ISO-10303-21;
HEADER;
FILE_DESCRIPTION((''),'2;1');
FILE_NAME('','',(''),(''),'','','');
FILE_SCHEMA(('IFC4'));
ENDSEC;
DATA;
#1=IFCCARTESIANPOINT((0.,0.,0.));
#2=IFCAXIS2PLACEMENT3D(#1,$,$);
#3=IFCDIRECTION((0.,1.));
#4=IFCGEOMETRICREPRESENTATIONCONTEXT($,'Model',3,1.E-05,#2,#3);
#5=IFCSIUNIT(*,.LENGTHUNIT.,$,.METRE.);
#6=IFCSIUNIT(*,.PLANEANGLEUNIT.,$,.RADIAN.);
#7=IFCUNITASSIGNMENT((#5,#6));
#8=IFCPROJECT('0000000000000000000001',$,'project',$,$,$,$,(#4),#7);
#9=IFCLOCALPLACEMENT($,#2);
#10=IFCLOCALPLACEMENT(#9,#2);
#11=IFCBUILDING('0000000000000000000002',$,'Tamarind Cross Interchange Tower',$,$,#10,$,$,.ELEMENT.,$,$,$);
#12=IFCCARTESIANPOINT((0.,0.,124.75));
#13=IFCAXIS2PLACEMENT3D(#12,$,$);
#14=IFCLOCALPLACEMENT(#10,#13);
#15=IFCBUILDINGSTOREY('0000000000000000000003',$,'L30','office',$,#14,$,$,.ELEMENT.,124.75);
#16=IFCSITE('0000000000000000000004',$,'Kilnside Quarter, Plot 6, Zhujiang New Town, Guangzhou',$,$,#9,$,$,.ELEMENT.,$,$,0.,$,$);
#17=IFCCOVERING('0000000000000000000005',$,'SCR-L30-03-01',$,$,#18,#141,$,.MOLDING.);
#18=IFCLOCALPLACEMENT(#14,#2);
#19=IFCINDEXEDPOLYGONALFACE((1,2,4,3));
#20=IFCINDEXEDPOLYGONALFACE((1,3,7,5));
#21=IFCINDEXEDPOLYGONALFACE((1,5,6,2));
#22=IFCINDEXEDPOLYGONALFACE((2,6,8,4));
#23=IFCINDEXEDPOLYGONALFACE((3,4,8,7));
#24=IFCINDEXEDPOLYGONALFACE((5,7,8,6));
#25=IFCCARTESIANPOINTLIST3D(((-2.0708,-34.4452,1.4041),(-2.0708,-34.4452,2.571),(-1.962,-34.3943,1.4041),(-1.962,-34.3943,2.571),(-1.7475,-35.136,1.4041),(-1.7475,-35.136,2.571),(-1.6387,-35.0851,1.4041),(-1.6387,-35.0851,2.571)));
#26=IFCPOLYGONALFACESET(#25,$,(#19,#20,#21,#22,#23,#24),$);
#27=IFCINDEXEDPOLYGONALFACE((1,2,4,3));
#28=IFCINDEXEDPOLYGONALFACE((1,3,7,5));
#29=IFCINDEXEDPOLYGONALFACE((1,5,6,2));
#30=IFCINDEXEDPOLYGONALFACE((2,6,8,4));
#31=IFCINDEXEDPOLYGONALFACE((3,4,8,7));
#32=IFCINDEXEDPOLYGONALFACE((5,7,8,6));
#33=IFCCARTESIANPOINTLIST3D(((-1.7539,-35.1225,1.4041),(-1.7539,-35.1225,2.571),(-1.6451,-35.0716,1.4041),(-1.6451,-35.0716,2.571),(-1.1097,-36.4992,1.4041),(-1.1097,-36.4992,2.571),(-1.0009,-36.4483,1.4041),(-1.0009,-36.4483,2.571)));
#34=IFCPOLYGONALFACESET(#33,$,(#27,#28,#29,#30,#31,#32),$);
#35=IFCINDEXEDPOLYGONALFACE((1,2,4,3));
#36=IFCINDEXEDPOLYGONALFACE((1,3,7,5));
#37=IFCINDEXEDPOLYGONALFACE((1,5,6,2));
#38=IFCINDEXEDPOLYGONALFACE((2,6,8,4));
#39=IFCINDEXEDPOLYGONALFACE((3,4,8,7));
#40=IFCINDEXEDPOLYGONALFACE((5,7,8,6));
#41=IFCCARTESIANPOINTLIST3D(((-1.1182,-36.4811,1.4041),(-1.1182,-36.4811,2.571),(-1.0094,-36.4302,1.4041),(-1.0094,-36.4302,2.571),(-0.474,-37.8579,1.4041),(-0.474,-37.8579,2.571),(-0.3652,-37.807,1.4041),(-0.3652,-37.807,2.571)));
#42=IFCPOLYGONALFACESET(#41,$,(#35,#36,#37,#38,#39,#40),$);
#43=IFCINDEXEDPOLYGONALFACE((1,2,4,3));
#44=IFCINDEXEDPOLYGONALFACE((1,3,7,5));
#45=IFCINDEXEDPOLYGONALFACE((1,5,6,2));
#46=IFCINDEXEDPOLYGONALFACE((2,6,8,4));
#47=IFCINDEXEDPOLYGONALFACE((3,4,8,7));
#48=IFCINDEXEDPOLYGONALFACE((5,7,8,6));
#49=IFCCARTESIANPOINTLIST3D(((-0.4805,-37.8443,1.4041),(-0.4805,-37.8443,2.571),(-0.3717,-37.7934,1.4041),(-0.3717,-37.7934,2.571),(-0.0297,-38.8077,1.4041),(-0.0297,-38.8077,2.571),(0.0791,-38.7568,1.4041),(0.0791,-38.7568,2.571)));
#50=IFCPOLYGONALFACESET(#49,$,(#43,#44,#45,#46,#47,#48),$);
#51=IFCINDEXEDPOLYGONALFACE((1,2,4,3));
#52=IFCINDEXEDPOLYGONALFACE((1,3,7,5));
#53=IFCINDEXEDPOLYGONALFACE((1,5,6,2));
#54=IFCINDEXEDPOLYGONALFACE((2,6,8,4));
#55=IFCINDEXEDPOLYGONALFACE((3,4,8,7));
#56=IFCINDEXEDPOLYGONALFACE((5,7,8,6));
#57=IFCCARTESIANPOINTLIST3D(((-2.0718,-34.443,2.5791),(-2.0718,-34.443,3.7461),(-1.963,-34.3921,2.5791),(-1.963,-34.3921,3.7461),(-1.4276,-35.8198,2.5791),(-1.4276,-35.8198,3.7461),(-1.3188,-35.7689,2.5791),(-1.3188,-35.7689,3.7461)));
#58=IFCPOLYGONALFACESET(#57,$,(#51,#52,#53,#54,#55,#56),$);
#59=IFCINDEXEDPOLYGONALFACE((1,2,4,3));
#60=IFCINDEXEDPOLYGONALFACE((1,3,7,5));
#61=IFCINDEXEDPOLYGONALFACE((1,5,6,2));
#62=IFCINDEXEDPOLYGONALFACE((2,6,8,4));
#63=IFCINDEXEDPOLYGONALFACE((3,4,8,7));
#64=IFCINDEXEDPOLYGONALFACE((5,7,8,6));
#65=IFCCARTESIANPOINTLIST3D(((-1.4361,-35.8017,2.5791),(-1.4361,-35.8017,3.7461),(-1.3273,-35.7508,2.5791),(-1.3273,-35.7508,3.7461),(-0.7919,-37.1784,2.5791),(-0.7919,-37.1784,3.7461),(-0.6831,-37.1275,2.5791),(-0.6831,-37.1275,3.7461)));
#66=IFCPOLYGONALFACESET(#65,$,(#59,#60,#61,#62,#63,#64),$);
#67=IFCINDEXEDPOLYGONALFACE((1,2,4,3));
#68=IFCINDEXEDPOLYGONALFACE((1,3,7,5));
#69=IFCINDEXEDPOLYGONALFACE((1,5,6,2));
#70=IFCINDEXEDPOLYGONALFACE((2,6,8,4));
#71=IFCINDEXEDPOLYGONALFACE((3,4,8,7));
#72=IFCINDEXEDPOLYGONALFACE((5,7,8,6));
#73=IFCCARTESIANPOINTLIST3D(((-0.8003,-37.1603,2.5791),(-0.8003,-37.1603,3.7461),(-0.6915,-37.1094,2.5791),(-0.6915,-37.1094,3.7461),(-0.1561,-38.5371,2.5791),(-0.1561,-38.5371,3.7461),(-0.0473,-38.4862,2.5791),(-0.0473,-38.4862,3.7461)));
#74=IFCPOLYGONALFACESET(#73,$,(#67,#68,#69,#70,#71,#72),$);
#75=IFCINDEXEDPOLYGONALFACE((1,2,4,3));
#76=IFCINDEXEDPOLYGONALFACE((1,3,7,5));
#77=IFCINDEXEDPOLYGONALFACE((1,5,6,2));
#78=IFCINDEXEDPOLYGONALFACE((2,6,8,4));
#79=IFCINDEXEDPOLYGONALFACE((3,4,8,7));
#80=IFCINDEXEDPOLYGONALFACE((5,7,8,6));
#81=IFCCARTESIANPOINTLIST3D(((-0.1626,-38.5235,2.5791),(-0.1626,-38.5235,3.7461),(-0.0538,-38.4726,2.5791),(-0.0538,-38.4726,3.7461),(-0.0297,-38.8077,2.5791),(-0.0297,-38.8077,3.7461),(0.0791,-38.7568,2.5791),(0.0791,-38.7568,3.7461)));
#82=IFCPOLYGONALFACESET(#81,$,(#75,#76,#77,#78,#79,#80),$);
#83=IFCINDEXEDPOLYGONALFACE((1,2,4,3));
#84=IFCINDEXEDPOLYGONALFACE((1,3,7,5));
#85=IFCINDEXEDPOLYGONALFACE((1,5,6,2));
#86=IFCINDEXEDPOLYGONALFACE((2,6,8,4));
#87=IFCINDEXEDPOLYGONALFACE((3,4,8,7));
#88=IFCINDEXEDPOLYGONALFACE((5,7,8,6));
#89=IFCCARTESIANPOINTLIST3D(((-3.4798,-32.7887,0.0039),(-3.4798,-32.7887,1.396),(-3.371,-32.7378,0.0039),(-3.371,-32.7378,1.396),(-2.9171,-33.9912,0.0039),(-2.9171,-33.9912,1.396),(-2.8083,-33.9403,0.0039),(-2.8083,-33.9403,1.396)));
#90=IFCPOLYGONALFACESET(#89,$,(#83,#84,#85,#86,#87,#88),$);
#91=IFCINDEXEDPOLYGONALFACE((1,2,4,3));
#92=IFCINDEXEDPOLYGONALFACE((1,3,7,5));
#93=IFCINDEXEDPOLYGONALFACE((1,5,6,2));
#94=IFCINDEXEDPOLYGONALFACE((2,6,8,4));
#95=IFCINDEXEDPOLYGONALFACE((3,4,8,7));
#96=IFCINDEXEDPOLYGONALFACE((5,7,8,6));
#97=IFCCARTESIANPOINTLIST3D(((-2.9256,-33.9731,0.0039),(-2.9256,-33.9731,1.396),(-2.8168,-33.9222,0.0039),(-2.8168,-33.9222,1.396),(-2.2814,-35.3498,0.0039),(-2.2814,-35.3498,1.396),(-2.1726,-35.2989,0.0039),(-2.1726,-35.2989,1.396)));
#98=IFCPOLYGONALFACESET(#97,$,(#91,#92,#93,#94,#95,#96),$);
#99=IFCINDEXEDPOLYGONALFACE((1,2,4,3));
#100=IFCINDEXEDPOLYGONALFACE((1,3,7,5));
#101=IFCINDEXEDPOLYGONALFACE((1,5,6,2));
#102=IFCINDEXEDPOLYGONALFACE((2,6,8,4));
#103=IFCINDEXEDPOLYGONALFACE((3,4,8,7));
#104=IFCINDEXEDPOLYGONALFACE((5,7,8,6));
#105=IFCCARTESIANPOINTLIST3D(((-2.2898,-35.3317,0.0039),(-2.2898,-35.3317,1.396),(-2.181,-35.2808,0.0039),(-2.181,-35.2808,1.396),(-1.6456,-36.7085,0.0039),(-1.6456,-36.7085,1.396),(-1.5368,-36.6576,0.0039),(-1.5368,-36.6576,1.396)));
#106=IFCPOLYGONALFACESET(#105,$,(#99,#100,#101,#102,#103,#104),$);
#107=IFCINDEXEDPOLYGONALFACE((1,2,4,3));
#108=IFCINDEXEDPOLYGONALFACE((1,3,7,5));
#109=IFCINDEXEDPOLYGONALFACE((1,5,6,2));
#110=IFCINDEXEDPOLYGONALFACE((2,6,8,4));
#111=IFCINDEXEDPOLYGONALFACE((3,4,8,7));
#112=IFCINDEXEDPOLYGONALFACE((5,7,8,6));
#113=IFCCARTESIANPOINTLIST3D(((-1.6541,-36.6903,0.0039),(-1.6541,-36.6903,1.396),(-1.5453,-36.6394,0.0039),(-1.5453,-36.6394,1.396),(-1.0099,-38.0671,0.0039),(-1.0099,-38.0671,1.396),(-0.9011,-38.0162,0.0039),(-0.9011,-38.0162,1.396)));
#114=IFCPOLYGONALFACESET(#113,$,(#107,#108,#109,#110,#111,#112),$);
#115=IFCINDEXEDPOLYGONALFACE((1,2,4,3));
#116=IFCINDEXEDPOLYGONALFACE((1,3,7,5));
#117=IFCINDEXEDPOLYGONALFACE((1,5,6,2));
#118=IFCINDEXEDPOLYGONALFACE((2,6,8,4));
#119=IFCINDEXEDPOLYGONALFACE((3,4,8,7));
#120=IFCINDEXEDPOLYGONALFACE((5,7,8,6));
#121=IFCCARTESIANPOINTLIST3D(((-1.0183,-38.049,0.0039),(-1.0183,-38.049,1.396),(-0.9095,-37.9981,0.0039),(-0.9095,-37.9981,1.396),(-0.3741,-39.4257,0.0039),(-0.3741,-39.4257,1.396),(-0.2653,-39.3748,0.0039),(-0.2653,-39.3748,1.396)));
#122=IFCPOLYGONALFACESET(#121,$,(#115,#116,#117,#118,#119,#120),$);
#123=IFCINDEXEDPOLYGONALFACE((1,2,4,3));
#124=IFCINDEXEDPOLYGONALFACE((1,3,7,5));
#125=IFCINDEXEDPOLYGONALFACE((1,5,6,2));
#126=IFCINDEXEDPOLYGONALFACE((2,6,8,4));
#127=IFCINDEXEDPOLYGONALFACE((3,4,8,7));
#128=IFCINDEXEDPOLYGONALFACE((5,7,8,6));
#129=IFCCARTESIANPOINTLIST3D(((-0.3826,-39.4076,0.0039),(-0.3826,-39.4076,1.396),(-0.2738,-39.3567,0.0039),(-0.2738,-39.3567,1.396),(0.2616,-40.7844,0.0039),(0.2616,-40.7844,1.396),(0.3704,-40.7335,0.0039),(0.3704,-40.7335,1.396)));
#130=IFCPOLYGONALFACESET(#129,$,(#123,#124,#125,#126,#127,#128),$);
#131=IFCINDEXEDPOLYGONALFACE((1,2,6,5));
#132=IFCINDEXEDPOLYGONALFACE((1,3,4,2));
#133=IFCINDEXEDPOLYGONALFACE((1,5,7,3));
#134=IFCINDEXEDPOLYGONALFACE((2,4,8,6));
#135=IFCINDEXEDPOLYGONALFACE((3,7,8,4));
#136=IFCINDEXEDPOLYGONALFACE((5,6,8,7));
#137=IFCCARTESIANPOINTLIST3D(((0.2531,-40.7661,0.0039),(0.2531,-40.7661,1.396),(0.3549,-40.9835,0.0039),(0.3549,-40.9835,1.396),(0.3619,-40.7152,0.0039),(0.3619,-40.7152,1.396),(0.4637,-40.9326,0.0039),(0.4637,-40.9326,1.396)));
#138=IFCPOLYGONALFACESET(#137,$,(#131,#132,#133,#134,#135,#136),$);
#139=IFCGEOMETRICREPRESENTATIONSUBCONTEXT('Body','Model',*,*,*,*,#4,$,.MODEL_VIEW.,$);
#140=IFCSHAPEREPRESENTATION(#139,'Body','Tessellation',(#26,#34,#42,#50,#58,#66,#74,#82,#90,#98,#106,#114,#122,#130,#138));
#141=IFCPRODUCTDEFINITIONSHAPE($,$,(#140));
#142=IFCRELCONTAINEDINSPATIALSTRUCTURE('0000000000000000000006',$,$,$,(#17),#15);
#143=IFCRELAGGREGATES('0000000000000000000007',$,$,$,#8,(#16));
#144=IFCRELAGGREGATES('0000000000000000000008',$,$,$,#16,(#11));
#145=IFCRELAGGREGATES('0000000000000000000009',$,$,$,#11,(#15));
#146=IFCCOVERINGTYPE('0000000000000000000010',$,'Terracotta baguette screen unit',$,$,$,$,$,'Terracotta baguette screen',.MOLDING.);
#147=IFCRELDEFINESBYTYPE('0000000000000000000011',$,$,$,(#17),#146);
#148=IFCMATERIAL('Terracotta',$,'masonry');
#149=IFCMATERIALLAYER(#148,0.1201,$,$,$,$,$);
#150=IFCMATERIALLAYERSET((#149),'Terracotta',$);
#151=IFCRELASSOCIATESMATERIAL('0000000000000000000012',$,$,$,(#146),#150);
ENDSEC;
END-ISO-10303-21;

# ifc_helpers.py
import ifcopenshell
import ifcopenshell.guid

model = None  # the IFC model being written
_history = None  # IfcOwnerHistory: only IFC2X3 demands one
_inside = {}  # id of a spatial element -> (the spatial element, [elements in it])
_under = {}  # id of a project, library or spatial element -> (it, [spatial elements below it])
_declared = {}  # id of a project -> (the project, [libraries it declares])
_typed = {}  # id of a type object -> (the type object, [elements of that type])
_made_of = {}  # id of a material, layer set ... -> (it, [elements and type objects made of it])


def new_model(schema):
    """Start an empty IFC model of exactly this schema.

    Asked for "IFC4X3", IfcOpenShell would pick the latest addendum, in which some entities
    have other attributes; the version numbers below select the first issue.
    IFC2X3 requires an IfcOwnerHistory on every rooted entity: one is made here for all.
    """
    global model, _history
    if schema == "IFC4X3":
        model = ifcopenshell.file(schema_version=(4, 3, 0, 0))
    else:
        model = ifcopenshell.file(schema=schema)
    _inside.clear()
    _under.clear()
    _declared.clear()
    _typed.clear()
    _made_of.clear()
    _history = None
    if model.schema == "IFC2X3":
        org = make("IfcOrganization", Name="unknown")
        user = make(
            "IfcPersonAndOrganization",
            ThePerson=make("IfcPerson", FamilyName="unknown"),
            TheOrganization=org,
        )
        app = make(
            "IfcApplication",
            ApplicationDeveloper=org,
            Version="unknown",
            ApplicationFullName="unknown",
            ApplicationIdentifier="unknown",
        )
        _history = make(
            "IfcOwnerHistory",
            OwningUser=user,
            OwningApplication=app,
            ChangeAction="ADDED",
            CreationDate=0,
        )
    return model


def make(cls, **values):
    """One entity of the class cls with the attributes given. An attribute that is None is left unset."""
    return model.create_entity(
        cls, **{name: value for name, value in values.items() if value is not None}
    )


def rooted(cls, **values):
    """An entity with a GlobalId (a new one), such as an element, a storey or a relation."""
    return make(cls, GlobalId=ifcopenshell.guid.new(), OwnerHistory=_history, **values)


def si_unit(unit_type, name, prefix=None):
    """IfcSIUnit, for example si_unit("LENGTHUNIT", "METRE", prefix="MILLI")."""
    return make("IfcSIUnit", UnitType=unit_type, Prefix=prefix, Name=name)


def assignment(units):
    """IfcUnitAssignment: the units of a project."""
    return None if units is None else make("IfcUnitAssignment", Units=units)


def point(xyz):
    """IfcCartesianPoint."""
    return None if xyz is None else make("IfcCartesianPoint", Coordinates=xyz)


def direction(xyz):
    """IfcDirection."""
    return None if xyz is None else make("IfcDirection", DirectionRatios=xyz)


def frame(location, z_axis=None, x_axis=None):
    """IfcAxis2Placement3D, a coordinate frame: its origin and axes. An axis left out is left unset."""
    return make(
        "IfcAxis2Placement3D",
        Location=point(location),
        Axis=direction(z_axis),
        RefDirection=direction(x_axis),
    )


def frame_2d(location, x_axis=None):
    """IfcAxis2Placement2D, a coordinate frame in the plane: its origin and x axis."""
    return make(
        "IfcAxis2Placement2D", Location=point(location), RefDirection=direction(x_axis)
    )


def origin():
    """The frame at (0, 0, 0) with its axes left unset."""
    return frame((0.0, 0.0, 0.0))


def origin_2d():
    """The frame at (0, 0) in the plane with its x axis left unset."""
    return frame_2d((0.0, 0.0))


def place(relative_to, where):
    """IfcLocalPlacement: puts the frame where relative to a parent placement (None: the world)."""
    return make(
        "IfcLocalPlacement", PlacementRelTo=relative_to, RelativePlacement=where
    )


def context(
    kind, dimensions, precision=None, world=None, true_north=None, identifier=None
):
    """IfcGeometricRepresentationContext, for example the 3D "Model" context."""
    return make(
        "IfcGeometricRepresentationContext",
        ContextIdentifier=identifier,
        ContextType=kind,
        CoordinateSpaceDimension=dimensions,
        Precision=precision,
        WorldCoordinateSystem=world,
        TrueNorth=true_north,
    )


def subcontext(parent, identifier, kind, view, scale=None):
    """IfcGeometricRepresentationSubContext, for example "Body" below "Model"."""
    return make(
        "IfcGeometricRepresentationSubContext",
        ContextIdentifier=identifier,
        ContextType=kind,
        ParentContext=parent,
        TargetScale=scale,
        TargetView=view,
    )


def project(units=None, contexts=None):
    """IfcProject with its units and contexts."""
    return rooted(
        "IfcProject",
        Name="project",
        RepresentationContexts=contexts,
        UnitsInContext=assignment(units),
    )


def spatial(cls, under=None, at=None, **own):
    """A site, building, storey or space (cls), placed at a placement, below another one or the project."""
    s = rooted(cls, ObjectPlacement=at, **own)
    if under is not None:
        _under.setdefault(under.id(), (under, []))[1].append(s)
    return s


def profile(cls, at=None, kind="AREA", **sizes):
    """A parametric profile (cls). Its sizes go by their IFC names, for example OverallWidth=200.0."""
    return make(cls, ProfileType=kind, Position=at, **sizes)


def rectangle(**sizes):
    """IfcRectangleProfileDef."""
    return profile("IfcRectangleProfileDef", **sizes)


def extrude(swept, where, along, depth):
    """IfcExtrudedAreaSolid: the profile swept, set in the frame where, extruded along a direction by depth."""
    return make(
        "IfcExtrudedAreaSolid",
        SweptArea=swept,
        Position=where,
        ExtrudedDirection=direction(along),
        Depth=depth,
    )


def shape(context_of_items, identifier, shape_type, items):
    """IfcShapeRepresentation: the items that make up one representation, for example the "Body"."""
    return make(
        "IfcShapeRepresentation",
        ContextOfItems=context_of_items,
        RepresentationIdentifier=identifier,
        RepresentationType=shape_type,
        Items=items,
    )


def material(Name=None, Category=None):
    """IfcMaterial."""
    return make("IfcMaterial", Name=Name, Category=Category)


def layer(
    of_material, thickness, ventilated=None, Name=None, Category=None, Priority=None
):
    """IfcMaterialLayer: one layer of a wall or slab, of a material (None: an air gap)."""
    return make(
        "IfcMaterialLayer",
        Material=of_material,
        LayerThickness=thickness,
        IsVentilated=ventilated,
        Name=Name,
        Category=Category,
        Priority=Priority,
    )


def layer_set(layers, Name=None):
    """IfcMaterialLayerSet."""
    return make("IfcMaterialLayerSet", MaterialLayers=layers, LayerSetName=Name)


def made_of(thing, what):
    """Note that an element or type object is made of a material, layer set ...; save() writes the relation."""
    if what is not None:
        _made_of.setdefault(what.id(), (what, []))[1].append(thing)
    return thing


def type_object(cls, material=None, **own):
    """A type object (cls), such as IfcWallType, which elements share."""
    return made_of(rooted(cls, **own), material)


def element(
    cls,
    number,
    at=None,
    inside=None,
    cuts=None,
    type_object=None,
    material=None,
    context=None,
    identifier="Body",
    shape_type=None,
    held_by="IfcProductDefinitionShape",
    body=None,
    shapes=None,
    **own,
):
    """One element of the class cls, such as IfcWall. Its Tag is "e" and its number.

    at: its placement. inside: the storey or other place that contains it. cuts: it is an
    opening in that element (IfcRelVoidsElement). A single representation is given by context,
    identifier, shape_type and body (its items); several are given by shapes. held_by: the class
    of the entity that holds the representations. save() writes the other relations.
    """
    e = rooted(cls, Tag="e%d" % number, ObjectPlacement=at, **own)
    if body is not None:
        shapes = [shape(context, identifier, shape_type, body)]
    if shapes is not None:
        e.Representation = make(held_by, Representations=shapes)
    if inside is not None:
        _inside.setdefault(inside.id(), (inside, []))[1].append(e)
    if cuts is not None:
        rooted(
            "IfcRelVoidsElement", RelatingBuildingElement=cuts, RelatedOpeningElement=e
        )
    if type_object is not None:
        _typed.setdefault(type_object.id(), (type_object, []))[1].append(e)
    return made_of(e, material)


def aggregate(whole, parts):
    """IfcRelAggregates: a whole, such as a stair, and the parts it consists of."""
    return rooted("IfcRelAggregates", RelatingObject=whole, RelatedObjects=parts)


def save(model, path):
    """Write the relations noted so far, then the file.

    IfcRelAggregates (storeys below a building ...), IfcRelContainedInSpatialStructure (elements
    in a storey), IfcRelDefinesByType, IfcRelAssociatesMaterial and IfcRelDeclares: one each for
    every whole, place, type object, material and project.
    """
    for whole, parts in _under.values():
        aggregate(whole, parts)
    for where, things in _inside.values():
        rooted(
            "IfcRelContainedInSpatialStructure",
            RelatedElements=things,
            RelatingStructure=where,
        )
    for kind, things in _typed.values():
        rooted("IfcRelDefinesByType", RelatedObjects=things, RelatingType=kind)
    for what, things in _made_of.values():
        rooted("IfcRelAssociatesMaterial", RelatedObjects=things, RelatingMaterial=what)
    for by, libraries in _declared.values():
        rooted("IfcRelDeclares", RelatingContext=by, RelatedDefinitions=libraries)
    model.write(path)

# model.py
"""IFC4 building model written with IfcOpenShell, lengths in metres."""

from ifc_helpers import new_model, si_unit, direction, frame, origin, origin_2d, place, context, subcontext, project, spatial, rectangle, extrude, material, layer, layer_set, type_object, element, save


model = new_model("IFC4")

# Units and contexts
model_context = context("Model", 3, precision=1e-05, world=origin(), true_north=direction((0.0, 1.0)))
body_context = subcontext(model_context, "Body", "Model", "MODEL_VIEW")
ifc_project = project(units=[si_unit("LENGTHUNIT", "METRE"), si_unit("PLANEANGLEUNIT", "RADIAN")], contexts=[model_context])

# Site, building, storey
site_placement = place(None, origin())
site = spatial("IfcSite", under=ifc_project, at=site_placement, Name="Kilnside Quarter, Plot 6, Zhujiang New Town, Guangzhou", CompositionType="ELEMENT", RefElevation=0.0)
building_placement = place(site_placement, origin())
building = spatial("IfcBuilding", under=site, at=building_placement, Name="Tamarind Cross Interchange Tower", CompositionType="ELEMENT")
storey_placement = place(building_placement, frame((0.0, 0.0, 124.75)))
storey = spatial("IfcBuildingStorey", under=building, at=storey_placement, Name="L30", Description="office", CompositionType="ELEMENT", Elevation=124.75)

# Covering
ifc_material_1 = material(Name="Terracotta", Category="masonry")
ifc_layer_1 = layer(ifc_material_1, 0.1201)
ifc_layer_set_1 = layer_set([ifc_layer_1], Name="Terracotta")
covering_type = type_object("IfcCoveringType", Name="Terracotta baguette screen unit", ElementType="Terracotta baguette screen", PredefinedType="MOLDING", material=ifc_layer_set_1)
covering_1_placement = place(storey_placement, origin())
element("IfcCovering", 1, at=covering_1_placement, inside=storey, type_object=covering_type, Name="SCR-L30-03-01", PredefinedType="MOLDING", context=body_context, shape_type="SweptSolid", body=[
    extrude(rectangle(XDim=0.7627, YDim=0.1201, at=origin_2d()), frame((-1.8547, -34.7651, 1.4041), z_axis=(0.0, 0.0, 1.0), x_axis=(0.423807, -0.905752, 0.0)), (0.0, 0.0, 1.0), 1.167),
    extrude(rectangle(XDim=1.52, YDim=0.1201, at=origin_2d()), frame((-1.3774, -35.7854, 1.4041), z_axis=(0.0, 0.0, 1.0), x_axis=(0.423807, -0.905752, 0.0)), (0.0, 0.0, 1.0), 1.167),
    extrude(rectangle(XDim=1.52, YDim=0.1201, at=origin_2d()), frame((-0.7417, -37.144, 1.4041), z_axis=(0.0, 0.0, 1.0), x_axis=(0.423807, -0.905752, 0.0)), (0.0, 0.0, 1.0), 1.167),
    extrude(rectangle(XDim=1.0637, YDim=0.1201, at=origin_2d()), frame((-0.2007, -38.3005, 1.4041), z_axis=(0.0, 0.0, 1.0), x_axis=(0.423807, -0.905752, 0.0)), (0.0, 0.0, 1.0), 1.167),
    extrude(rectangle(XDim=1.52, YDim=0.1201, at=origin_2d()), frame((-1.6953, -35.106, 2.5791), z_axis=(0.0, 0.0, 1.0), x_axis=(0.423807, -0.905752, 0.0)), (0.0, 0.0, 1.0), 1.167),
    extrude(rectangle(XDim=1.52, YDim=0.1201, at=origin_2d()), frame((-1.0596, -36.4646, 2.5791), z_axis=(0.0, 0.0, 1.0), x_axis=(0.423807, -0.905752, 0.0)), (0.0, 0.0, 1.0), 1.167),
    extrude(rectangle(XDim=1.52, YDim=0.1201, at=origin_2d()), frame((-0.4238, -37.8232, 2.5791), z_axis=(0.0, 0.0, 1.0), x_axis=(0.423807, -0.905752, 0.0)), (0.0, 0.0, 1.0), 1.167),
    extrude(rectangle(XDim=0.3137, YDim=0.1201, at=origin_2d()), frame((-0.0417, -38.6401, 2.5791), z_axis=(0.0, 0.0, 1.0), x_axis=(0.423807, -0.905752, 0.0)), (0.0, 0.0, 1.0), 1.167),
    extrude(rectangle(XDim=1.3276, YDim=0.1201, at=origin_2d()), frame((-3.144, -33.3645, 0.0039), z_axis=(0.0, 0.0, 1.0), x_axis=(0.423807, -0.905752, 0.0)), (0.0, 0.0, 1.0), 1.3921),
    extrude(rectangle(XDim=1.52, YDim=0.1201, at=origin_2d()), frame((-2.5491, -34.636, 0.0039), z_axis=(0.0, 0.0, 1.0), x_axis=(0.423807, -0.905752, 0.0)), (0.0, 0.0, 1.0), 1.3921),
    extrude(rectangle(XDim=1.52, YDim=0.1201, at=origin_2d()), frame((-1.9133, -35.9946, 0.0039), z_axis=(0.0, 0.0, 1.0), x_axis=(0.423807, -0.905752, 0.0)), (0.0, 0.0, 1.0), 1.3921),
    extrude(rectangle(XDim=1.52, YDim=0.1201, at=origin_2d()), frame((-1.2776, -37.3533, 0.0039), z_axis=(0.0, 0.0, 1.0), x_axis=(0.423807, -0.905752, 0.0)), (0.0, 0.0, 1.0), 1.3921),
    extrude(rectangle(XDim=1.52, YDim=0.1201, at=origin_2d()), frame((-0.6418, -38.7119, 0.0039), z_axis=(0.0, 0.0, 1.0), x_axis=(0.423807, -0.905752, 0.0)), (0.0, 0.0, 1.0), 1.3921),
    extrude(rectangle(XDim=1.52, YDim=0.1201, at=origin_2d()), frame((-0.0061, -40.0706, 0.0039), z_axis=(0.0, 0.0, 1.0), x_axis=(0.423807, -0.905752, 0.0)), (0.0, 0.0, 1.0), 1.3921),
    extrude(rectangle(XDim=0.24, YDim=0.1201, at=origin_2d()), frame((0.3584, -40.8494, 0.0039), z_axis=(0.0, 0.0, 1.0), x_axis=(0.423807, -0.905752, 0.0)), (0.0, 0.0, 1.0), 1.3921),
])

save(model, "model.ifc")
